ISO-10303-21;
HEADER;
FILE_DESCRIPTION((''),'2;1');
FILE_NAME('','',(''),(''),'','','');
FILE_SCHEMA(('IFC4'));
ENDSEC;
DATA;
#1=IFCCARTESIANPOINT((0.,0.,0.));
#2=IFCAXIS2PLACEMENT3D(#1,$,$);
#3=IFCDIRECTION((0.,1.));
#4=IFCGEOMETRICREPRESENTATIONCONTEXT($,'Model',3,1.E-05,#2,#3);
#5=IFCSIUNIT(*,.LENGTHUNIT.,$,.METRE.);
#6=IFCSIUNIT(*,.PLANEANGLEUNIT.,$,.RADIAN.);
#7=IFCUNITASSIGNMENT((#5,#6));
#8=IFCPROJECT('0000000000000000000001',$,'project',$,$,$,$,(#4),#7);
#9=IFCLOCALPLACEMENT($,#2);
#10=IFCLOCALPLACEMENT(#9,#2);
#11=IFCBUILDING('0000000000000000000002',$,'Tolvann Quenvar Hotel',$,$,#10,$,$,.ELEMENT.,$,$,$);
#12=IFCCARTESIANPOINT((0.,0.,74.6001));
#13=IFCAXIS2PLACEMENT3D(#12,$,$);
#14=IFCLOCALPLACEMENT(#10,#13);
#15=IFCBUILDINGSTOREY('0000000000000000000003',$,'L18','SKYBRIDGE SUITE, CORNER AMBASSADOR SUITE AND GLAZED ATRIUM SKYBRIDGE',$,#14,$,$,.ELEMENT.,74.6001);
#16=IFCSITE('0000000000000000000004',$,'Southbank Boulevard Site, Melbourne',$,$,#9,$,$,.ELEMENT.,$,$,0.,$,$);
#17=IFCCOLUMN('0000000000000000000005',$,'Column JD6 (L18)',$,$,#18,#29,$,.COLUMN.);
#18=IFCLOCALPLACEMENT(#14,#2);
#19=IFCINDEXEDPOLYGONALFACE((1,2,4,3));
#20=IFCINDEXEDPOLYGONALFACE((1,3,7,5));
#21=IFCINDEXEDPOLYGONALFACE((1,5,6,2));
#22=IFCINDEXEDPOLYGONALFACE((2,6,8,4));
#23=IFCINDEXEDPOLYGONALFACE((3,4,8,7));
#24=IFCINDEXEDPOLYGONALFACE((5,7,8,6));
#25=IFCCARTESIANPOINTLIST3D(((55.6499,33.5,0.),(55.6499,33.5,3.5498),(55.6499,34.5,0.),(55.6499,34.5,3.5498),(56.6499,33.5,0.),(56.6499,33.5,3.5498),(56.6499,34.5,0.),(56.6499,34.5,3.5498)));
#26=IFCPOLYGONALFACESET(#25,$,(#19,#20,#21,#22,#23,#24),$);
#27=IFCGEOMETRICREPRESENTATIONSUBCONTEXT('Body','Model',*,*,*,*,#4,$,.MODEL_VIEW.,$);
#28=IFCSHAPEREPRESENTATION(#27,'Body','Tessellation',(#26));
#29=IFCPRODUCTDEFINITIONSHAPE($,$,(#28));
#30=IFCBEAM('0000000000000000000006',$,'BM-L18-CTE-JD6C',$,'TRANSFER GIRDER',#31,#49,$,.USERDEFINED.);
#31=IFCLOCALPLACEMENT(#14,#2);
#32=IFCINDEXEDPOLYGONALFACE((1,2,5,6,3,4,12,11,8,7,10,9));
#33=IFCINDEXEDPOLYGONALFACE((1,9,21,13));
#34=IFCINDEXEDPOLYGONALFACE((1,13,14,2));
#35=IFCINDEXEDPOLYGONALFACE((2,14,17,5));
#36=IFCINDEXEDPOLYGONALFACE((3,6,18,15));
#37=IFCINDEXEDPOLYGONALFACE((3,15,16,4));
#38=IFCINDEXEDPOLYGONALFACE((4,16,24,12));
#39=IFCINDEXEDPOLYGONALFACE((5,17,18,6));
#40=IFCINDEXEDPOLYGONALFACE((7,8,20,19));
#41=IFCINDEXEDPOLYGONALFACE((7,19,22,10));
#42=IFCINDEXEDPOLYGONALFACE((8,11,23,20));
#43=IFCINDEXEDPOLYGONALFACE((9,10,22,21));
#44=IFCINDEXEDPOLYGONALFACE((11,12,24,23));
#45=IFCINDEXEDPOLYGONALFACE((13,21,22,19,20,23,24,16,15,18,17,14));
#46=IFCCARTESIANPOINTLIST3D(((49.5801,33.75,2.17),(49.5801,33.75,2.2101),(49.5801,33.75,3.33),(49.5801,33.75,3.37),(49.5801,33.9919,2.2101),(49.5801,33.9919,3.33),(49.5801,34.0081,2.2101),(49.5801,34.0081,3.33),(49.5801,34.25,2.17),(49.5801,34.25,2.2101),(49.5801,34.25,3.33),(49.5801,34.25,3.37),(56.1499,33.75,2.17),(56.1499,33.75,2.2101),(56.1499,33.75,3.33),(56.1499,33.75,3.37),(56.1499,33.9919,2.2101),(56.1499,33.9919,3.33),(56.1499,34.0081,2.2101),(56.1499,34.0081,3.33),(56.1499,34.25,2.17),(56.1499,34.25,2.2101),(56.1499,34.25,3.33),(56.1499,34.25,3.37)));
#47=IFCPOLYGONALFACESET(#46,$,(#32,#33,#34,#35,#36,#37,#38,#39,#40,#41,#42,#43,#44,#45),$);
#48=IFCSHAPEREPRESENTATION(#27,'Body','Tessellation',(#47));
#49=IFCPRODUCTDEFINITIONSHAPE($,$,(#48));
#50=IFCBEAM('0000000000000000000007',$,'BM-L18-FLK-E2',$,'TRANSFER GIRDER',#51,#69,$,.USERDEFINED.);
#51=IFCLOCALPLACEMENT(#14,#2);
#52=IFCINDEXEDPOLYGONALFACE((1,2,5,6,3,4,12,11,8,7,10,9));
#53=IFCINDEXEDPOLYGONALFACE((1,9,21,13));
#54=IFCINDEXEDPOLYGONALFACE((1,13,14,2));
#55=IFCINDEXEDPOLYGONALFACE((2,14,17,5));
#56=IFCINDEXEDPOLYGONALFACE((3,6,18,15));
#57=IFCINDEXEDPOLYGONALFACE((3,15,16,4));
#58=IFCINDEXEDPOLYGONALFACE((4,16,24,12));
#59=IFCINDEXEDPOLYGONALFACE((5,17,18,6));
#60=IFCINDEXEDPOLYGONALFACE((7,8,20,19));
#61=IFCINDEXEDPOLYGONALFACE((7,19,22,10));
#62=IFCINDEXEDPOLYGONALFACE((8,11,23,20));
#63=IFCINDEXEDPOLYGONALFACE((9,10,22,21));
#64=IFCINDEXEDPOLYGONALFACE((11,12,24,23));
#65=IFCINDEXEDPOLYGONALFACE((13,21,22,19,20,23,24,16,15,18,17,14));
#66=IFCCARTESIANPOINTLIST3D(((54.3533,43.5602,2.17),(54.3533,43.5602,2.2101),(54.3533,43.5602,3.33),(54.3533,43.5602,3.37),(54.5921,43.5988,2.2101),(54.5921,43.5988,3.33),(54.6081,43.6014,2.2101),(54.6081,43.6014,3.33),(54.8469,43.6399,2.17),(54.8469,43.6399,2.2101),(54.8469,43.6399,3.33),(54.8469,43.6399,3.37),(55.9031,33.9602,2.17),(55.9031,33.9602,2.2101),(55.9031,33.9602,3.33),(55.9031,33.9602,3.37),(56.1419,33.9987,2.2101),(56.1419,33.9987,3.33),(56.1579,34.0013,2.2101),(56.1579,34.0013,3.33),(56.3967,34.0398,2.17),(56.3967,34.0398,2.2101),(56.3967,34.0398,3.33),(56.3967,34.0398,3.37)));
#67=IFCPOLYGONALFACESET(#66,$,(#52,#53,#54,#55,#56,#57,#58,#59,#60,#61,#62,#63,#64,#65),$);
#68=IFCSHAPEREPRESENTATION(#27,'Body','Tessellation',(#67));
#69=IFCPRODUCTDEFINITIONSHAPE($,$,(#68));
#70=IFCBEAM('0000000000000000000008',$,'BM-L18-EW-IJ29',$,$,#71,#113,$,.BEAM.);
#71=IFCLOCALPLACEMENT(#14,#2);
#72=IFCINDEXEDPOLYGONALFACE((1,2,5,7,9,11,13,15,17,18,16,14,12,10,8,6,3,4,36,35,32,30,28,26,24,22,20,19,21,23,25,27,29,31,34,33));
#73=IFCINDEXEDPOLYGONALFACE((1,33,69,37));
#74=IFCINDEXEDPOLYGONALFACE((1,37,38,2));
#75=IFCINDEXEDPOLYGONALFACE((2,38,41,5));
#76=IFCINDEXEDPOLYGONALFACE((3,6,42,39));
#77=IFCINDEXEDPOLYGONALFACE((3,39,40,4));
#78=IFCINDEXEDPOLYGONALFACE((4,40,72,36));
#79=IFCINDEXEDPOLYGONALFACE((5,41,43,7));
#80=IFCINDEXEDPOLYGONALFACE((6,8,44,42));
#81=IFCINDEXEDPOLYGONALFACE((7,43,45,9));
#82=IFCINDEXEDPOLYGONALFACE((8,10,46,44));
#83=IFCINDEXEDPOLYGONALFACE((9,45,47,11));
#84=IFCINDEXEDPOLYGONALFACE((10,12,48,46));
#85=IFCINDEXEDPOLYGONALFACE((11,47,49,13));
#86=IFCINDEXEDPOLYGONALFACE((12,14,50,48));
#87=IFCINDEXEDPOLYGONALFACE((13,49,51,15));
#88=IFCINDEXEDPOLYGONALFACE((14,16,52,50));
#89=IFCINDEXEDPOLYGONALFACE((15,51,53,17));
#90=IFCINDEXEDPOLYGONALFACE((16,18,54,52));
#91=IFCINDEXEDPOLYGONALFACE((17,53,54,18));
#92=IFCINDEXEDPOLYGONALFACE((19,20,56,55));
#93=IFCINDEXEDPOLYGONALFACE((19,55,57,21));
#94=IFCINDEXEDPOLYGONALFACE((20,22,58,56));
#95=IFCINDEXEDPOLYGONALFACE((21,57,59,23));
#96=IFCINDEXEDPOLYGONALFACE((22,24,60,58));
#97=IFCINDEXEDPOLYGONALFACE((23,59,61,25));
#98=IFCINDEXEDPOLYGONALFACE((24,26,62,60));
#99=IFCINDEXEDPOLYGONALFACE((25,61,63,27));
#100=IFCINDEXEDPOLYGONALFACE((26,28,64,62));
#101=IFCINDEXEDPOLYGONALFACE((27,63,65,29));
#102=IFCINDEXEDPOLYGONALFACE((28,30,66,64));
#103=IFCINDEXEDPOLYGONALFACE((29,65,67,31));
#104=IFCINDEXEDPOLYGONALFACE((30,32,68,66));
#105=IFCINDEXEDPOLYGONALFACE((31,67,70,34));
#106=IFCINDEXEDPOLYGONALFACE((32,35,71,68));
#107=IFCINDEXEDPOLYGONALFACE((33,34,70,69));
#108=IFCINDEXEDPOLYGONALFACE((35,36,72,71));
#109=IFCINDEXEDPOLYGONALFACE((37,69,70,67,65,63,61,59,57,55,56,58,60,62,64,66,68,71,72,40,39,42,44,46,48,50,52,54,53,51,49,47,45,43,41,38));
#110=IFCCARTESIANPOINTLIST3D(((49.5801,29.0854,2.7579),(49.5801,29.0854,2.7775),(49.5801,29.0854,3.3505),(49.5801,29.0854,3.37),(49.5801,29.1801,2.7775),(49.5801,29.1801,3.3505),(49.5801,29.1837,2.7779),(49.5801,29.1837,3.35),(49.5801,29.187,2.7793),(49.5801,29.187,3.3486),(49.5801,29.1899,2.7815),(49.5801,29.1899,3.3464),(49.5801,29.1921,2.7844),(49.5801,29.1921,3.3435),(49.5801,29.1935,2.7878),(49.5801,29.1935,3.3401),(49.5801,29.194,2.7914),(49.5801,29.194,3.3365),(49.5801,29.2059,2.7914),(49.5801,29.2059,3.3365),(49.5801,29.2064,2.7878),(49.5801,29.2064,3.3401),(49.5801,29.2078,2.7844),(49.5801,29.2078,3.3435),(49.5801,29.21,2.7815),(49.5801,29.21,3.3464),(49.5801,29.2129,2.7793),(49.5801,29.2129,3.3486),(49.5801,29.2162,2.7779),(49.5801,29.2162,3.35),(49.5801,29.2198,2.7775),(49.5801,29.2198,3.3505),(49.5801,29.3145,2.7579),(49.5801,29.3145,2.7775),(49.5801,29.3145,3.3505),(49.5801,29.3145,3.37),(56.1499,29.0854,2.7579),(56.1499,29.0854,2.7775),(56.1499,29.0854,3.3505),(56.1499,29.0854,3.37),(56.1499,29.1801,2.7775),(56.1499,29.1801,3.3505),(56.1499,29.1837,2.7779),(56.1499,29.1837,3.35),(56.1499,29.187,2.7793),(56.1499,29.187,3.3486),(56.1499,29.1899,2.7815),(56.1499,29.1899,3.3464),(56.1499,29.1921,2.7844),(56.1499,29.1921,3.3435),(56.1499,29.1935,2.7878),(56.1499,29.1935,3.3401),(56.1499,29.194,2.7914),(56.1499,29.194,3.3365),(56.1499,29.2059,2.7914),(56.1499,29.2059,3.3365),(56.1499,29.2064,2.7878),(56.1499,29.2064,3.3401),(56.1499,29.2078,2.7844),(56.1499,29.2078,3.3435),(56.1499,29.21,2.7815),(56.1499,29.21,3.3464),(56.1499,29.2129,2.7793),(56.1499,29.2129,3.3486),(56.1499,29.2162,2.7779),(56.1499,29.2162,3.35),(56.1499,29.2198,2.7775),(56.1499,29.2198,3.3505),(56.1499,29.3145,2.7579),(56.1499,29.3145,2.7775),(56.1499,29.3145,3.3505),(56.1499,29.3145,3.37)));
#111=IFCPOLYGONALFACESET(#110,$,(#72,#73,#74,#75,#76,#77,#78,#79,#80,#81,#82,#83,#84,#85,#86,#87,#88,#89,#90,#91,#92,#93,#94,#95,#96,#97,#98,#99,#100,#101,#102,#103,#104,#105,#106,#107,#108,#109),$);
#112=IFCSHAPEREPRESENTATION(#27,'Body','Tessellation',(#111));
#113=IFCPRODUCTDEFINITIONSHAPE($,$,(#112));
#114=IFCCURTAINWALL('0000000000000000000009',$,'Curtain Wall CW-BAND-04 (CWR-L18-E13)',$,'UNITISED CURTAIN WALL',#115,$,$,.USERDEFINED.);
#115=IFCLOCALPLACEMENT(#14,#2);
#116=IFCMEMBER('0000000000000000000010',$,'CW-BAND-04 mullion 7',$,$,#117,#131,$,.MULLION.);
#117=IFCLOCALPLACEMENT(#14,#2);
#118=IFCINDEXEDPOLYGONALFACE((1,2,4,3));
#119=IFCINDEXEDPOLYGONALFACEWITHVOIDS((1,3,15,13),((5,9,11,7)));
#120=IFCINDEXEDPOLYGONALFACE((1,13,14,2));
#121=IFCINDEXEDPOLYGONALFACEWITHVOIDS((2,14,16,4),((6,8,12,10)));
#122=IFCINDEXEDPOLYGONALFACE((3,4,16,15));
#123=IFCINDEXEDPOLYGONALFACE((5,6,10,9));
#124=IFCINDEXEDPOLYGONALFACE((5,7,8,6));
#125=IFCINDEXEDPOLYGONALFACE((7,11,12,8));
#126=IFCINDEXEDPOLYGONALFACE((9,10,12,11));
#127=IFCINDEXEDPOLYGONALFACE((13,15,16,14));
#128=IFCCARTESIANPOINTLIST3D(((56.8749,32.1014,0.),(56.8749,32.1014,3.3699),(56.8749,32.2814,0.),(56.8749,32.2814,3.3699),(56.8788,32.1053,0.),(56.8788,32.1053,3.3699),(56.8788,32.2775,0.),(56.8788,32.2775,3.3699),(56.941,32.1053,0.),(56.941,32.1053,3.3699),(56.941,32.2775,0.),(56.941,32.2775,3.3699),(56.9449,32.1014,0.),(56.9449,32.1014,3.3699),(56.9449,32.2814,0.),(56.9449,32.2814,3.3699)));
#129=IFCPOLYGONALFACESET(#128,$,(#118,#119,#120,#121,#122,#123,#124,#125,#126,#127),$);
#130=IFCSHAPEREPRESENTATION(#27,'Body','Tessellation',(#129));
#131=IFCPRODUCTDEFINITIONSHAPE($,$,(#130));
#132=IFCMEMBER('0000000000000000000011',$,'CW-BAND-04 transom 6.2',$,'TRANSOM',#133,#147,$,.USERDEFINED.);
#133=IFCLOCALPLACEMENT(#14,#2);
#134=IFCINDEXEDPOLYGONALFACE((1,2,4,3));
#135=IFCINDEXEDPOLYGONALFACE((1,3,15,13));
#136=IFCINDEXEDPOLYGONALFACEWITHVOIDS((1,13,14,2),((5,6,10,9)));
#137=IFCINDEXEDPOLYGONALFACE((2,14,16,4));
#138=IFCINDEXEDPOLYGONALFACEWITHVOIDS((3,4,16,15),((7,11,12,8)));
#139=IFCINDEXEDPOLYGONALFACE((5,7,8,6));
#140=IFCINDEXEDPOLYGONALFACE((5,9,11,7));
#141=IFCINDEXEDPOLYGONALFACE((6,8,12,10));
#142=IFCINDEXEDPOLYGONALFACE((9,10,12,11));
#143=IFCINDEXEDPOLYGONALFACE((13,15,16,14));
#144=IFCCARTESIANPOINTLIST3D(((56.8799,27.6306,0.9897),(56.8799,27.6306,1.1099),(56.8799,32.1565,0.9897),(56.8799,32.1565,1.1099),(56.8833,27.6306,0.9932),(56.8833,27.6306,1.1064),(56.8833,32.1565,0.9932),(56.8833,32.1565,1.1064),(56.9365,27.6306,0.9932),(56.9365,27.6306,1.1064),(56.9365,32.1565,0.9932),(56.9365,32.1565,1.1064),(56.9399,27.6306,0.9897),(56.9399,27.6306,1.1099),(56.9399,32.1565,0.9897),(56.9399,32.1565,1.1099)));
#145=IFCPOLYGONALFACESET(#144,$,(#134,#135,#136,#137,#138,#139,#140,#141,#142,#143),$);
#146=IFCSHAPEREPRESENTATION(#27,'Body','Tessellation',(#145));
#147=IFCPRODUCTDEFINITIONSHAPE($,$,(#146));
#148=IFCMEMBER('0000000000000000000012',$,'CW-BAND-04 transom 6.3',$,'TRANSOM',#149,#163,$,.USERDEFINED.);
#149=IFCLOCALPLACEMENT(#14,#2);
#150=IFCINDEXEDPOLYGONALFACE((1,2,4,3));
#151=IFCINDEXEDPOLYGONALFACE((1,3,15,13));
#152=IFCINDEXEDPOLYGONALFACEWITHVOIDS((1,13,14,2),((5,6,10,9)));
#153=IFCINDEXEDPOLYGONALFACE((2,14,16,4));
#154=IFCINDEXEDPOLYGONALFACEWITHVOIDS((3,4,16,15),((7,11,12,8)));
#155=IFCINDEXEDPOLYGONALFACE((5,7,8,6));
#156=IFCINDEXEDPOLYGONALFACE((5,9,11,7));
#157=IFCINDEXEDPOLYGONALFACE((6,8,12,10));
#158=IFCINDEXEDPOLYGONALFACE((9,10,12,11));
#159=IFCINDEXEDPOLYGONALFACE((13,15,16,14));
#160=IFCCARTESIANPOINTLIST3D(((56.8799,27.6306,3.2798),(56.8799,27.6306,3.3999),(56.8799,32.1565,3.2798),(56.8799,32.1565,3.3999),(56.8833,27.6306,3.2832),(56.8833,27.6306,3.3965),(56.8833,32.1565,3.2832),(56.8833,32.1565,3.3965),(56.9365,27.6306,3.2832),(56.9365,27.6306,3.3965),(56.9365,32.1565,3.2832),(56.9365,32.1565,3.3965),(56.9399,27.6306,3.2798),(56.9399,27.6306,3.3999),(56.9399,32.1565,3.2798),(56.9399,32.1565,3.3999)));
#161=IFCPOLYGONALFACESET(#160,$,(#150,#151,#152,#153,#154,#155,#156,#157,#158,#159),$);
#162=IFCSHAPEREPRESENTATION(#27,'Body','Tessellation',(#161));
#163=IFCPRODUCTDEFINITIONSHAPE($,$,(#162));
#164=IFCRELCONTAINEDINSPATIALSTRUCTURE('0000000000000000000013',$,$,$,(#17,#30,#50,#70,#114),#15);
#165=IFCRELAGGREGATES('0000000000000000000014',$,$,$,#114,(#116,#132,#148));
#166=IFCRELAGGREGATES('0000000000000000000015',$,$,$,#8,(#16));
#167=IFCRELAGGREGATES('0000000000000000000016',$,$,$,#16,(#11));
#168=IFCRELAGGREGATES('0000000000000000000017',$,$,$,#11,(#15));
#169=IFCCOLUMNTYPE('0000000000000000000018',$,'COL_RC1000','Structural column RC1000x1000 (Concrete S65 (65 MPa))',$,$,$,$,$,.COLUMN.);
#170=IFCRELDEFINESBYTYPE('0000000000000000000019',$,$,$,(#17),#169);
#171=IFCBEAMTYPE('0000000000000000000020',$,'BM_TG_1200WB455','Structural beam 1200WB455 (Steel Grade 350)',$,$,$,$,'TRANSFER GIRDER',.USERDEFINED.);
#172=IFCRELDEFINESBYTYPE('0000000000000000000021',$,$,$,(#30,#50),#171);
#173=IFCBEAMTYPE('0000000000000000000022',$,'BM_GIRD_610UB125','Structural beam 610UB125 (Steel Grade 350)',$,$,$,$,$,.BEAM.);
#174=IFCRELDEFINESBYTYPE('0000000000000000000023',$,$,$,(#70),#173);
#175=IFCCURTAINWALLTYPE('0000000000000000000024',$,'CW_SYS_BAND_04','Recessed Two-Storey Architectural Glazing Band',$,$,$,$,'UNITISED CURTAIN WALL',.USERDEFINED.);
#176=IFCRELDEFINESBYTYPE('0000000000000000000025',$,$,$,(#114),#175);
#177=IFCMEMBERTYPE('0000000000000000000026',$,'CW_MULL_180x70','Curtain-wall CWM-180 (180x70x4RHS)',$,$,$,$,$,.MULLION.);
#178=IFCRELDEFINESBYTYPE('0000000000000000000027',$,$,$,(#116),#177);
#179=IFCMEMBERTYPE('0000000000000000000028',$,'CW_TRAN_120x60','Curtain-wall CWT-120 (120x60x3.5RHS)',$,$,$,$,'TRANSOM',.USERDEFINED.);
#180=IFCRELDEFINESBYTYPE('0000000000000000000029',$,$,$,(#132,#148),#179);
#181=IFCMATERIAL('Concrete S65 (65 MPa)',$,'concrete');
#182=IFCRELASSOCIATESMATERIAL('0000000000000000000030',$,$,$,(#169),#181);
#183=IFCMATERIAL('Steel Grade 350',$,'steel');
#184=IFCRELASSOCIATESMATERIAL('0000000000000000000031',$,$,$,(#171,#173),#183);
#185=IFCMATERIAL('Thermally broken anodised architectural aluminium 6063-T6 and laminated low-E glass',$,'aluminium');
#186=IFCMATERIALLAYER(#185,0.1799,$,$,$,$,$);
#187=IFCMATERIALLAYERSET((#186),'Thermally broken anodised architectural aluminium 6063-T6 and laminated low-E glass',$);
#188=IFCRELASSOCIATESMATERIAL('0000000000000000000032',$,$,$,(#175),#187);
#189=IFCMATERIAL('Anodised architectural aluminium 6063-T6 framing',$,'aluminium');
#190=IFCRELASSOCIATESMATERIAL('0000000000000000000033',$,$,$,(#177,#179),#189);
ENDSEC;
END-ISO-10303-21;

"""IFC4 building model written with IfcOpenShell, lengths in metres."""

from ifc_helpers import new_model, si_unit, direction, frame, origin, origin_2d, place, context, subcontext, project, spatial, rectangle, hollow_rectangle, i_section, extrude, source, transform, mapped, material, layer, layer_set, material_profile, profile_set, type_object, type_shapes, element, aggregate, save


model = new_model("IFC4")

# Units and contexts
model_context = context("Model", 3, precision=1e-05, world=origin(), true_north=direction((0.0, 1.0)))
body_context = subcontext(model_context, "Body", "Model", "MODEL_VIEW")
ifc_project = project(units=[si_unit("LENGTHUNIT", "METRE"), si_unit("PLANEANGLEUNIT", "RADIAN")], contexts=[model_context])

# Site, building, storey
site_placement = place(None, origin())
site = spatial("IfcSite", under=ifc_project, at=site_placement, Name="Southbank Boulevard Site, Melbourne", CompositionType="ELEMENT", RefElevation=0.0)
building_placement = place(site_placement, origin())
building = spatial("IfcBuilding", under=site, at=building_placement, Name="Tolvann Quenvar Hotel", CompositionType="ELEMENT")
storey_placement = place(building_placement, frame((0.0, 0.0, 74.6001)))
storey = spatial("IfcBuildingStorey", under=building, at=storey_placement, Name="L18", Description="SKYBRIDGE SUITE, CORNER AMBASSADOR SUITE AND GLAZED ATRIUM SKYBRIDGE", CompositionType="ELEMENT", Elevation=74.6001)

# Column
ifc_material_1 = material(Name="Concrete S65 (65 MPa)", Category="concrete")
ifc_material_profile_1 = material_profile(ifc_material_1, rectangle(XDim=1.0, YDim=1.0, at=origin_2d()), Name="RC1000x1000")
ifc_profile_set_1 = profile_set([ifc_material_profile_1], Name="Concrete S65 (65 MPa)")
column_type = type_object("IfcColumnType", Name="COL_RC1000", Description="Structural column RC1000x1000 (Concrete S65 (65 MPa))", PredefinedType="COLUMN", material=ifc_profile_set_1)
shared_shape_1 = source(origin(), body_context, "Body", "SweptSolid", [
    extrude(rectangle(XDim=1.0, YDim=1.0, at=origin_2d()), origin(), (0.0, 0.0, 1.0), 3.5498),
])
type_shapes(column_type, [shared_shape_1])
column_placement = place(storey_placement, frame((56.1499, 34.0, 0.0), z_axis=(0.0, 0.0, 1.0), x_axis=(1.0, 0.0, 0.0)))
element("IfcColumn", 1, at=column_placement, inside=storey, type_object=column_type, Name="Column JD6 (L18)", PredefinedType="COLUMN", context=body_context, shape_type="MappedRepresentation", body=[
    mapped(shared_shape_1, transform((0.0, 0.0, 0.0), x_axis=(1.0, 0.0, 0.0), y_axis=(0.0, 1.0, 0.0), z_axis=(0.0, 0.0, 1.0), scale=1.0)),
])

# Beams
ifc_material_2 = material(Name="Steel Grade 350", Category="steel")
ifc_material_profile_2 = material_profile(ifc_material_2, i_section(OverallWidth=0.5, OverallDepth=1.2, WebThickness=0.0161, FlangeThickness=0.04, at=origin_2d()), Name="1200WB455")
ifc_profile_set_2 = profile_set([ifc_material_profile_2], Name="Steel Grade 350")
beam_type_1 = type_object("IfcBeamType", Name="BM_TG_1200WB455", Description="Structural beam 1200WB455 (Steel Grade 350)", ElementType="TRANSFER GIRDER", PredefinedType="USERDEFINED", material=ifc_profile_set_2)
shared_shape_2 = source(origin(), body_context, "Body", "SweptSolid", [
    extrude(i_section(OverallWidth=0.5, OverallDepth=1.2, WebThickness=0.0161, FlangeThickness=0.04, at=origin_2d()), origin(), (0.0, 0.0, 1.0), 6.5698),
])
beam_1_placement = place(storey_placement, frame((49.5801, 34.0, 2.77), z_axis=(1.0, 0.0, 0.0), x_axis=(0.0, 1.0, 0.0)))
element("IfcBeam", 2, at=beam_1_placement, inside=storey, type_object=beam_type_1, Name="BM-L18-CTE-JD6C", ObjectType="TRANSFER GIRDER", PredefinedType="USERDEFINED", context=body_context, shape_type="MappedRepresentation", body=[
    mapped(shared_shape_2, transform((0.0, 0.0, 0.0), x_axis=(1.0, 0.0, 0.0), y_axis=(0.0, 1.0, 0.0), z_axis=(0.0, 0.0, 1.0), scale=1.0)),
])
shared_shape_3 = source(origin(), body_context, "Body", "SweptSolid", [
    extrude(i_section(OverallWidth=0.5, OverallDepth=1.2, WebThickness=0.0161, FlangeThickness=0.04, at=origin_2d()), origin(), (0.0, 0.0, 1.0), 9.7244),
])
type_shapes(beam_type_1, [shared_shape_2, shared_shape_3])
beam_2_placement = place(storey_placement, frame((56.1499, 34.0, 2.77), z_axis=(-0.159373, 0.987218, 0.0), x_axis=(-0.987218, -0.159373, 0.0)))
element("IfcBeam", 3, at=beam_2_placement, inside=storey, type_object=beam_type_1, Name="BM-L18-FLK-E2", ObjectType="TRANSFER GIRDER", PredefinedType="USERDEFINED", context=body_context, shape_type="MappedRepresentation", body=[
    mapped(shared_shape_3, transform((0.0, 0.0, 0.0), x_axis=(1.0, 0.0, 0.0), y_axis=(0.0, 1.0, 0.0), z_axis=(0.0, 0.0, 1.0), scale=1.0)),
])
ifc_material_profile_3 = material_profile(ifc_material_2, i_section(OverallWidth=0.229, OverallDepth=0.6121, WebThickness=0.012, FlangeThickness=0.0195, FilletRadius=0.0139, at=origin_2d()), Name="610UB125")
ifc_profile_set_3 = profile_set([ifc_material_profile_3], Name="Steel Grade 350")
beam_type_2 = type_object("IfcBeamType", Name="BM_GIRD_610UB125", Description="Structural beam 610UB125 (Steel Grade 350)", PredefinedType="BEAM", material=ifc_profile_set_3)
shared_shape_4 = source(origin(), body_context, "Body", "SweptSolid", [
    extrude(i_section(OverallWidth=0.229, OverallDepth=0.6121, WebThickness=0.012, FlangeThickness=0.0195, FilletRadius=0.0139, at=origin_2d()), origin(), (0.0, 0.0, 1.0), 6.5698),
])
type_shapes(beam_type_2, [shared_shape_4])
beam_3_placement = place(storey_placement, frame((49.5801, 29.2, 3.064), z_axis=(1.0, 0.0, 0.0), x_axis=(0.0, 1.0, 0.0)))
element("IfcBeam", 4, at=beam_3_placement, inside=storey, type_object=beam_type_2, Name="BM-L18-EW-IJ29", PredefinedType="BEAM", context=body_context, shape_type="MappedRepresentation", body=[
    mapped(shared_shape_4, transform((0.0, 0.0, 0.0), x_axis=(1.0, 0.0, 0.0), y_axis=(0.0, 1.0, 0.0), z_axis=(0.0, 0.0, 1.0), scale=1.0)),
])

# Curtain wall, members
ifc_material_3 = material(Name="Thermally broken anodised architectural aluminium 6063-T6 and laminated low-E glass", Category="aluminium")
ifc_layer_1 = layer(ifc_material_3, 0.1799)
ifc_layer_set_1 = layer_set([ifc_layer_1], Name="Thermally broken anodised architectural aluminium 6063-T6 and laminated low-E glass")
curtain_wall_type = type_object("IfcCurtainWallType", Name="CW_SYS_BAND_04", Description="Recessed Two-Storey Architectural Glazing Band", ElementType="UNITISED CURTAIN WALL", PredefinedType="USERDEFINED", material=ifc_layer_set_1)
curtain_wall_placement = place(storey_placement, origin())
curtain_wall = element("IfcCurtainWall", 5, at=curtain_wall_placement, inside=storey, type_object=curtain_wall_type, Name="Curtain Wall CW-BAND-04 (CWR-L18-E13)", ObjectType="UNITISED CURTAIN WALL", PredefinedType="USERDEFINED")
ifc_material_4 = material(Name="Anodised architectural aluminium 6063-T6 framing", Category="aluminium")
ifc_material_profile_4 = material_profile(ifc_material_4, hollow_rectangle(XDim=0.0701, YDim=0.1799, WallThickness=0.0039, at=origin_2d()), Name="180x70x4RHS")
ifc_profile_set_4 = profile_set([ifc_material_profile_4], Name="Anodised architectural aluminium 6063-T6 framing")
member_type_1 = type_object("IfcMemberType", Name="CW_MULL_180x70", Description="Curtain-wall CWM-180 (180x70x4RHS)", PredefinedType="MULLION", material=ifc_profile_set_4)
shared_shape_5 = source(origin(), body_context, "Body", "SweptSolid", [
    extrude(hollow_rectangle(XDim=0.0701, YDim=0.1799, WallThickness=0.0039, at=origin_2d()), origin(), (0.0, 0.0, 1.0), 3.3699),
])
type_shapes(member_type_1, [shared_shape_5])
member_1_placement = place(storey_placement, frame((56.9099, 32.1914, 0.0), z_axis=(0.0, 0.0, 1.0), x_axis=(-1.0, 0.0, 0.0)))
member_1 = element("IfcMember", 6, at=member_1_placement, type_object=member_type_1, Name="CW-BAND-04 mullion 7", PredefinedType="MULLION", context=body_context, shape_type="MappedRepresentation", body=[
    mapped(shared_shape_5, transform((0.0, 0.0, 0.0), x_axis=(1.0, 0.0, 0.0), y_axis=(0.0, 1.0, 0.0), z_axis=(0.0, 0.0, 1.0), scale=1.0)),
])
ifc_material_profile_5 = material_profile(ifc_material_4, hollow_rectangle(XDim=0.0601, YDim=0.1201, WallThickness=0.0034, at=origin_2d()), Name="120x60x3.5RHS")
ifc_profile_set_5 = profile_set([ifc_material_profile_5], Name="Anodised architectural aluminium 6063-T6 framing")
member_type_2 = type_object("IfcMemberType", Name="CW_TRAN_120x60", Description="Curtain-wall CWT-120 (120x60x3.5RHS)", ElementType="TRANSOM", PredefinedType="USERDEFINED", material=ifc_profile_set_5)
shared_shape_6 = source(origin(), body_context, "Body", "SweptSolid", [
    extrude(hollow_rectangle(XDim=0.0601, YDim=0.1201, WallThickness=0.0034, at=origin_2d()), origin(), (0.0, 0.0, 1.0), 4.5259),
])
type_shapes(member_type_2, [shared_shape_6])
member_2_placement = place(storey_placement, frame((56.9099, 27.6306, 1.0498), z_axis=(0.0, 1.0, 0.0), x_axis=(-1.0, 0.0, 0.0)))
member_2 = element("IfcMember", 7, at=member_2_placement, type_object=member_type_2, Name="CW-BAND-04 transom 6.2", ObjectType="TRANSOM", PredefinedType="USERDEFINED", context=body_context, shape_type="MappedRepresentation", body=[
    mapped(shared_shape_6, transform((0.0, 0.0, 0.0), x_axis=(1.0, 0.0, 0.0), y_axis=(0.0, 1.0, 0.0), z_axis=(0.0, 0.0, 1.0), scale=1.0)),
])
member_3_placement = place(storey_placement, frame((56.9099, 27.6306, 3.3398), z_axis=(0.0, 1.0, 0.0), x_axis=(-1.0, 0.0, 0.0)))
member_3 = element("IfcMember", 8, at=member_3_placement, type_object=member_type_2, Name="CW-BAND-04 transom 6.3", ObjectType="TRANSOM", PredefinedType="USERDEFINED", context=body_context, shape_type="MappedRepresentation", body=[
    mapped(shared_shape_6, transform((0.0, 0.0, 0.0), x_axis=(1.0, 0.0, 0.0), y_axis=(0.0, 1.0, 0.0), z_axis=(0.0, 0.0, 1.0), scale=1.0)),
])
aggregate(curtain_wall, [member_1, member_2, member_3])

save(model, "model.ifc")
